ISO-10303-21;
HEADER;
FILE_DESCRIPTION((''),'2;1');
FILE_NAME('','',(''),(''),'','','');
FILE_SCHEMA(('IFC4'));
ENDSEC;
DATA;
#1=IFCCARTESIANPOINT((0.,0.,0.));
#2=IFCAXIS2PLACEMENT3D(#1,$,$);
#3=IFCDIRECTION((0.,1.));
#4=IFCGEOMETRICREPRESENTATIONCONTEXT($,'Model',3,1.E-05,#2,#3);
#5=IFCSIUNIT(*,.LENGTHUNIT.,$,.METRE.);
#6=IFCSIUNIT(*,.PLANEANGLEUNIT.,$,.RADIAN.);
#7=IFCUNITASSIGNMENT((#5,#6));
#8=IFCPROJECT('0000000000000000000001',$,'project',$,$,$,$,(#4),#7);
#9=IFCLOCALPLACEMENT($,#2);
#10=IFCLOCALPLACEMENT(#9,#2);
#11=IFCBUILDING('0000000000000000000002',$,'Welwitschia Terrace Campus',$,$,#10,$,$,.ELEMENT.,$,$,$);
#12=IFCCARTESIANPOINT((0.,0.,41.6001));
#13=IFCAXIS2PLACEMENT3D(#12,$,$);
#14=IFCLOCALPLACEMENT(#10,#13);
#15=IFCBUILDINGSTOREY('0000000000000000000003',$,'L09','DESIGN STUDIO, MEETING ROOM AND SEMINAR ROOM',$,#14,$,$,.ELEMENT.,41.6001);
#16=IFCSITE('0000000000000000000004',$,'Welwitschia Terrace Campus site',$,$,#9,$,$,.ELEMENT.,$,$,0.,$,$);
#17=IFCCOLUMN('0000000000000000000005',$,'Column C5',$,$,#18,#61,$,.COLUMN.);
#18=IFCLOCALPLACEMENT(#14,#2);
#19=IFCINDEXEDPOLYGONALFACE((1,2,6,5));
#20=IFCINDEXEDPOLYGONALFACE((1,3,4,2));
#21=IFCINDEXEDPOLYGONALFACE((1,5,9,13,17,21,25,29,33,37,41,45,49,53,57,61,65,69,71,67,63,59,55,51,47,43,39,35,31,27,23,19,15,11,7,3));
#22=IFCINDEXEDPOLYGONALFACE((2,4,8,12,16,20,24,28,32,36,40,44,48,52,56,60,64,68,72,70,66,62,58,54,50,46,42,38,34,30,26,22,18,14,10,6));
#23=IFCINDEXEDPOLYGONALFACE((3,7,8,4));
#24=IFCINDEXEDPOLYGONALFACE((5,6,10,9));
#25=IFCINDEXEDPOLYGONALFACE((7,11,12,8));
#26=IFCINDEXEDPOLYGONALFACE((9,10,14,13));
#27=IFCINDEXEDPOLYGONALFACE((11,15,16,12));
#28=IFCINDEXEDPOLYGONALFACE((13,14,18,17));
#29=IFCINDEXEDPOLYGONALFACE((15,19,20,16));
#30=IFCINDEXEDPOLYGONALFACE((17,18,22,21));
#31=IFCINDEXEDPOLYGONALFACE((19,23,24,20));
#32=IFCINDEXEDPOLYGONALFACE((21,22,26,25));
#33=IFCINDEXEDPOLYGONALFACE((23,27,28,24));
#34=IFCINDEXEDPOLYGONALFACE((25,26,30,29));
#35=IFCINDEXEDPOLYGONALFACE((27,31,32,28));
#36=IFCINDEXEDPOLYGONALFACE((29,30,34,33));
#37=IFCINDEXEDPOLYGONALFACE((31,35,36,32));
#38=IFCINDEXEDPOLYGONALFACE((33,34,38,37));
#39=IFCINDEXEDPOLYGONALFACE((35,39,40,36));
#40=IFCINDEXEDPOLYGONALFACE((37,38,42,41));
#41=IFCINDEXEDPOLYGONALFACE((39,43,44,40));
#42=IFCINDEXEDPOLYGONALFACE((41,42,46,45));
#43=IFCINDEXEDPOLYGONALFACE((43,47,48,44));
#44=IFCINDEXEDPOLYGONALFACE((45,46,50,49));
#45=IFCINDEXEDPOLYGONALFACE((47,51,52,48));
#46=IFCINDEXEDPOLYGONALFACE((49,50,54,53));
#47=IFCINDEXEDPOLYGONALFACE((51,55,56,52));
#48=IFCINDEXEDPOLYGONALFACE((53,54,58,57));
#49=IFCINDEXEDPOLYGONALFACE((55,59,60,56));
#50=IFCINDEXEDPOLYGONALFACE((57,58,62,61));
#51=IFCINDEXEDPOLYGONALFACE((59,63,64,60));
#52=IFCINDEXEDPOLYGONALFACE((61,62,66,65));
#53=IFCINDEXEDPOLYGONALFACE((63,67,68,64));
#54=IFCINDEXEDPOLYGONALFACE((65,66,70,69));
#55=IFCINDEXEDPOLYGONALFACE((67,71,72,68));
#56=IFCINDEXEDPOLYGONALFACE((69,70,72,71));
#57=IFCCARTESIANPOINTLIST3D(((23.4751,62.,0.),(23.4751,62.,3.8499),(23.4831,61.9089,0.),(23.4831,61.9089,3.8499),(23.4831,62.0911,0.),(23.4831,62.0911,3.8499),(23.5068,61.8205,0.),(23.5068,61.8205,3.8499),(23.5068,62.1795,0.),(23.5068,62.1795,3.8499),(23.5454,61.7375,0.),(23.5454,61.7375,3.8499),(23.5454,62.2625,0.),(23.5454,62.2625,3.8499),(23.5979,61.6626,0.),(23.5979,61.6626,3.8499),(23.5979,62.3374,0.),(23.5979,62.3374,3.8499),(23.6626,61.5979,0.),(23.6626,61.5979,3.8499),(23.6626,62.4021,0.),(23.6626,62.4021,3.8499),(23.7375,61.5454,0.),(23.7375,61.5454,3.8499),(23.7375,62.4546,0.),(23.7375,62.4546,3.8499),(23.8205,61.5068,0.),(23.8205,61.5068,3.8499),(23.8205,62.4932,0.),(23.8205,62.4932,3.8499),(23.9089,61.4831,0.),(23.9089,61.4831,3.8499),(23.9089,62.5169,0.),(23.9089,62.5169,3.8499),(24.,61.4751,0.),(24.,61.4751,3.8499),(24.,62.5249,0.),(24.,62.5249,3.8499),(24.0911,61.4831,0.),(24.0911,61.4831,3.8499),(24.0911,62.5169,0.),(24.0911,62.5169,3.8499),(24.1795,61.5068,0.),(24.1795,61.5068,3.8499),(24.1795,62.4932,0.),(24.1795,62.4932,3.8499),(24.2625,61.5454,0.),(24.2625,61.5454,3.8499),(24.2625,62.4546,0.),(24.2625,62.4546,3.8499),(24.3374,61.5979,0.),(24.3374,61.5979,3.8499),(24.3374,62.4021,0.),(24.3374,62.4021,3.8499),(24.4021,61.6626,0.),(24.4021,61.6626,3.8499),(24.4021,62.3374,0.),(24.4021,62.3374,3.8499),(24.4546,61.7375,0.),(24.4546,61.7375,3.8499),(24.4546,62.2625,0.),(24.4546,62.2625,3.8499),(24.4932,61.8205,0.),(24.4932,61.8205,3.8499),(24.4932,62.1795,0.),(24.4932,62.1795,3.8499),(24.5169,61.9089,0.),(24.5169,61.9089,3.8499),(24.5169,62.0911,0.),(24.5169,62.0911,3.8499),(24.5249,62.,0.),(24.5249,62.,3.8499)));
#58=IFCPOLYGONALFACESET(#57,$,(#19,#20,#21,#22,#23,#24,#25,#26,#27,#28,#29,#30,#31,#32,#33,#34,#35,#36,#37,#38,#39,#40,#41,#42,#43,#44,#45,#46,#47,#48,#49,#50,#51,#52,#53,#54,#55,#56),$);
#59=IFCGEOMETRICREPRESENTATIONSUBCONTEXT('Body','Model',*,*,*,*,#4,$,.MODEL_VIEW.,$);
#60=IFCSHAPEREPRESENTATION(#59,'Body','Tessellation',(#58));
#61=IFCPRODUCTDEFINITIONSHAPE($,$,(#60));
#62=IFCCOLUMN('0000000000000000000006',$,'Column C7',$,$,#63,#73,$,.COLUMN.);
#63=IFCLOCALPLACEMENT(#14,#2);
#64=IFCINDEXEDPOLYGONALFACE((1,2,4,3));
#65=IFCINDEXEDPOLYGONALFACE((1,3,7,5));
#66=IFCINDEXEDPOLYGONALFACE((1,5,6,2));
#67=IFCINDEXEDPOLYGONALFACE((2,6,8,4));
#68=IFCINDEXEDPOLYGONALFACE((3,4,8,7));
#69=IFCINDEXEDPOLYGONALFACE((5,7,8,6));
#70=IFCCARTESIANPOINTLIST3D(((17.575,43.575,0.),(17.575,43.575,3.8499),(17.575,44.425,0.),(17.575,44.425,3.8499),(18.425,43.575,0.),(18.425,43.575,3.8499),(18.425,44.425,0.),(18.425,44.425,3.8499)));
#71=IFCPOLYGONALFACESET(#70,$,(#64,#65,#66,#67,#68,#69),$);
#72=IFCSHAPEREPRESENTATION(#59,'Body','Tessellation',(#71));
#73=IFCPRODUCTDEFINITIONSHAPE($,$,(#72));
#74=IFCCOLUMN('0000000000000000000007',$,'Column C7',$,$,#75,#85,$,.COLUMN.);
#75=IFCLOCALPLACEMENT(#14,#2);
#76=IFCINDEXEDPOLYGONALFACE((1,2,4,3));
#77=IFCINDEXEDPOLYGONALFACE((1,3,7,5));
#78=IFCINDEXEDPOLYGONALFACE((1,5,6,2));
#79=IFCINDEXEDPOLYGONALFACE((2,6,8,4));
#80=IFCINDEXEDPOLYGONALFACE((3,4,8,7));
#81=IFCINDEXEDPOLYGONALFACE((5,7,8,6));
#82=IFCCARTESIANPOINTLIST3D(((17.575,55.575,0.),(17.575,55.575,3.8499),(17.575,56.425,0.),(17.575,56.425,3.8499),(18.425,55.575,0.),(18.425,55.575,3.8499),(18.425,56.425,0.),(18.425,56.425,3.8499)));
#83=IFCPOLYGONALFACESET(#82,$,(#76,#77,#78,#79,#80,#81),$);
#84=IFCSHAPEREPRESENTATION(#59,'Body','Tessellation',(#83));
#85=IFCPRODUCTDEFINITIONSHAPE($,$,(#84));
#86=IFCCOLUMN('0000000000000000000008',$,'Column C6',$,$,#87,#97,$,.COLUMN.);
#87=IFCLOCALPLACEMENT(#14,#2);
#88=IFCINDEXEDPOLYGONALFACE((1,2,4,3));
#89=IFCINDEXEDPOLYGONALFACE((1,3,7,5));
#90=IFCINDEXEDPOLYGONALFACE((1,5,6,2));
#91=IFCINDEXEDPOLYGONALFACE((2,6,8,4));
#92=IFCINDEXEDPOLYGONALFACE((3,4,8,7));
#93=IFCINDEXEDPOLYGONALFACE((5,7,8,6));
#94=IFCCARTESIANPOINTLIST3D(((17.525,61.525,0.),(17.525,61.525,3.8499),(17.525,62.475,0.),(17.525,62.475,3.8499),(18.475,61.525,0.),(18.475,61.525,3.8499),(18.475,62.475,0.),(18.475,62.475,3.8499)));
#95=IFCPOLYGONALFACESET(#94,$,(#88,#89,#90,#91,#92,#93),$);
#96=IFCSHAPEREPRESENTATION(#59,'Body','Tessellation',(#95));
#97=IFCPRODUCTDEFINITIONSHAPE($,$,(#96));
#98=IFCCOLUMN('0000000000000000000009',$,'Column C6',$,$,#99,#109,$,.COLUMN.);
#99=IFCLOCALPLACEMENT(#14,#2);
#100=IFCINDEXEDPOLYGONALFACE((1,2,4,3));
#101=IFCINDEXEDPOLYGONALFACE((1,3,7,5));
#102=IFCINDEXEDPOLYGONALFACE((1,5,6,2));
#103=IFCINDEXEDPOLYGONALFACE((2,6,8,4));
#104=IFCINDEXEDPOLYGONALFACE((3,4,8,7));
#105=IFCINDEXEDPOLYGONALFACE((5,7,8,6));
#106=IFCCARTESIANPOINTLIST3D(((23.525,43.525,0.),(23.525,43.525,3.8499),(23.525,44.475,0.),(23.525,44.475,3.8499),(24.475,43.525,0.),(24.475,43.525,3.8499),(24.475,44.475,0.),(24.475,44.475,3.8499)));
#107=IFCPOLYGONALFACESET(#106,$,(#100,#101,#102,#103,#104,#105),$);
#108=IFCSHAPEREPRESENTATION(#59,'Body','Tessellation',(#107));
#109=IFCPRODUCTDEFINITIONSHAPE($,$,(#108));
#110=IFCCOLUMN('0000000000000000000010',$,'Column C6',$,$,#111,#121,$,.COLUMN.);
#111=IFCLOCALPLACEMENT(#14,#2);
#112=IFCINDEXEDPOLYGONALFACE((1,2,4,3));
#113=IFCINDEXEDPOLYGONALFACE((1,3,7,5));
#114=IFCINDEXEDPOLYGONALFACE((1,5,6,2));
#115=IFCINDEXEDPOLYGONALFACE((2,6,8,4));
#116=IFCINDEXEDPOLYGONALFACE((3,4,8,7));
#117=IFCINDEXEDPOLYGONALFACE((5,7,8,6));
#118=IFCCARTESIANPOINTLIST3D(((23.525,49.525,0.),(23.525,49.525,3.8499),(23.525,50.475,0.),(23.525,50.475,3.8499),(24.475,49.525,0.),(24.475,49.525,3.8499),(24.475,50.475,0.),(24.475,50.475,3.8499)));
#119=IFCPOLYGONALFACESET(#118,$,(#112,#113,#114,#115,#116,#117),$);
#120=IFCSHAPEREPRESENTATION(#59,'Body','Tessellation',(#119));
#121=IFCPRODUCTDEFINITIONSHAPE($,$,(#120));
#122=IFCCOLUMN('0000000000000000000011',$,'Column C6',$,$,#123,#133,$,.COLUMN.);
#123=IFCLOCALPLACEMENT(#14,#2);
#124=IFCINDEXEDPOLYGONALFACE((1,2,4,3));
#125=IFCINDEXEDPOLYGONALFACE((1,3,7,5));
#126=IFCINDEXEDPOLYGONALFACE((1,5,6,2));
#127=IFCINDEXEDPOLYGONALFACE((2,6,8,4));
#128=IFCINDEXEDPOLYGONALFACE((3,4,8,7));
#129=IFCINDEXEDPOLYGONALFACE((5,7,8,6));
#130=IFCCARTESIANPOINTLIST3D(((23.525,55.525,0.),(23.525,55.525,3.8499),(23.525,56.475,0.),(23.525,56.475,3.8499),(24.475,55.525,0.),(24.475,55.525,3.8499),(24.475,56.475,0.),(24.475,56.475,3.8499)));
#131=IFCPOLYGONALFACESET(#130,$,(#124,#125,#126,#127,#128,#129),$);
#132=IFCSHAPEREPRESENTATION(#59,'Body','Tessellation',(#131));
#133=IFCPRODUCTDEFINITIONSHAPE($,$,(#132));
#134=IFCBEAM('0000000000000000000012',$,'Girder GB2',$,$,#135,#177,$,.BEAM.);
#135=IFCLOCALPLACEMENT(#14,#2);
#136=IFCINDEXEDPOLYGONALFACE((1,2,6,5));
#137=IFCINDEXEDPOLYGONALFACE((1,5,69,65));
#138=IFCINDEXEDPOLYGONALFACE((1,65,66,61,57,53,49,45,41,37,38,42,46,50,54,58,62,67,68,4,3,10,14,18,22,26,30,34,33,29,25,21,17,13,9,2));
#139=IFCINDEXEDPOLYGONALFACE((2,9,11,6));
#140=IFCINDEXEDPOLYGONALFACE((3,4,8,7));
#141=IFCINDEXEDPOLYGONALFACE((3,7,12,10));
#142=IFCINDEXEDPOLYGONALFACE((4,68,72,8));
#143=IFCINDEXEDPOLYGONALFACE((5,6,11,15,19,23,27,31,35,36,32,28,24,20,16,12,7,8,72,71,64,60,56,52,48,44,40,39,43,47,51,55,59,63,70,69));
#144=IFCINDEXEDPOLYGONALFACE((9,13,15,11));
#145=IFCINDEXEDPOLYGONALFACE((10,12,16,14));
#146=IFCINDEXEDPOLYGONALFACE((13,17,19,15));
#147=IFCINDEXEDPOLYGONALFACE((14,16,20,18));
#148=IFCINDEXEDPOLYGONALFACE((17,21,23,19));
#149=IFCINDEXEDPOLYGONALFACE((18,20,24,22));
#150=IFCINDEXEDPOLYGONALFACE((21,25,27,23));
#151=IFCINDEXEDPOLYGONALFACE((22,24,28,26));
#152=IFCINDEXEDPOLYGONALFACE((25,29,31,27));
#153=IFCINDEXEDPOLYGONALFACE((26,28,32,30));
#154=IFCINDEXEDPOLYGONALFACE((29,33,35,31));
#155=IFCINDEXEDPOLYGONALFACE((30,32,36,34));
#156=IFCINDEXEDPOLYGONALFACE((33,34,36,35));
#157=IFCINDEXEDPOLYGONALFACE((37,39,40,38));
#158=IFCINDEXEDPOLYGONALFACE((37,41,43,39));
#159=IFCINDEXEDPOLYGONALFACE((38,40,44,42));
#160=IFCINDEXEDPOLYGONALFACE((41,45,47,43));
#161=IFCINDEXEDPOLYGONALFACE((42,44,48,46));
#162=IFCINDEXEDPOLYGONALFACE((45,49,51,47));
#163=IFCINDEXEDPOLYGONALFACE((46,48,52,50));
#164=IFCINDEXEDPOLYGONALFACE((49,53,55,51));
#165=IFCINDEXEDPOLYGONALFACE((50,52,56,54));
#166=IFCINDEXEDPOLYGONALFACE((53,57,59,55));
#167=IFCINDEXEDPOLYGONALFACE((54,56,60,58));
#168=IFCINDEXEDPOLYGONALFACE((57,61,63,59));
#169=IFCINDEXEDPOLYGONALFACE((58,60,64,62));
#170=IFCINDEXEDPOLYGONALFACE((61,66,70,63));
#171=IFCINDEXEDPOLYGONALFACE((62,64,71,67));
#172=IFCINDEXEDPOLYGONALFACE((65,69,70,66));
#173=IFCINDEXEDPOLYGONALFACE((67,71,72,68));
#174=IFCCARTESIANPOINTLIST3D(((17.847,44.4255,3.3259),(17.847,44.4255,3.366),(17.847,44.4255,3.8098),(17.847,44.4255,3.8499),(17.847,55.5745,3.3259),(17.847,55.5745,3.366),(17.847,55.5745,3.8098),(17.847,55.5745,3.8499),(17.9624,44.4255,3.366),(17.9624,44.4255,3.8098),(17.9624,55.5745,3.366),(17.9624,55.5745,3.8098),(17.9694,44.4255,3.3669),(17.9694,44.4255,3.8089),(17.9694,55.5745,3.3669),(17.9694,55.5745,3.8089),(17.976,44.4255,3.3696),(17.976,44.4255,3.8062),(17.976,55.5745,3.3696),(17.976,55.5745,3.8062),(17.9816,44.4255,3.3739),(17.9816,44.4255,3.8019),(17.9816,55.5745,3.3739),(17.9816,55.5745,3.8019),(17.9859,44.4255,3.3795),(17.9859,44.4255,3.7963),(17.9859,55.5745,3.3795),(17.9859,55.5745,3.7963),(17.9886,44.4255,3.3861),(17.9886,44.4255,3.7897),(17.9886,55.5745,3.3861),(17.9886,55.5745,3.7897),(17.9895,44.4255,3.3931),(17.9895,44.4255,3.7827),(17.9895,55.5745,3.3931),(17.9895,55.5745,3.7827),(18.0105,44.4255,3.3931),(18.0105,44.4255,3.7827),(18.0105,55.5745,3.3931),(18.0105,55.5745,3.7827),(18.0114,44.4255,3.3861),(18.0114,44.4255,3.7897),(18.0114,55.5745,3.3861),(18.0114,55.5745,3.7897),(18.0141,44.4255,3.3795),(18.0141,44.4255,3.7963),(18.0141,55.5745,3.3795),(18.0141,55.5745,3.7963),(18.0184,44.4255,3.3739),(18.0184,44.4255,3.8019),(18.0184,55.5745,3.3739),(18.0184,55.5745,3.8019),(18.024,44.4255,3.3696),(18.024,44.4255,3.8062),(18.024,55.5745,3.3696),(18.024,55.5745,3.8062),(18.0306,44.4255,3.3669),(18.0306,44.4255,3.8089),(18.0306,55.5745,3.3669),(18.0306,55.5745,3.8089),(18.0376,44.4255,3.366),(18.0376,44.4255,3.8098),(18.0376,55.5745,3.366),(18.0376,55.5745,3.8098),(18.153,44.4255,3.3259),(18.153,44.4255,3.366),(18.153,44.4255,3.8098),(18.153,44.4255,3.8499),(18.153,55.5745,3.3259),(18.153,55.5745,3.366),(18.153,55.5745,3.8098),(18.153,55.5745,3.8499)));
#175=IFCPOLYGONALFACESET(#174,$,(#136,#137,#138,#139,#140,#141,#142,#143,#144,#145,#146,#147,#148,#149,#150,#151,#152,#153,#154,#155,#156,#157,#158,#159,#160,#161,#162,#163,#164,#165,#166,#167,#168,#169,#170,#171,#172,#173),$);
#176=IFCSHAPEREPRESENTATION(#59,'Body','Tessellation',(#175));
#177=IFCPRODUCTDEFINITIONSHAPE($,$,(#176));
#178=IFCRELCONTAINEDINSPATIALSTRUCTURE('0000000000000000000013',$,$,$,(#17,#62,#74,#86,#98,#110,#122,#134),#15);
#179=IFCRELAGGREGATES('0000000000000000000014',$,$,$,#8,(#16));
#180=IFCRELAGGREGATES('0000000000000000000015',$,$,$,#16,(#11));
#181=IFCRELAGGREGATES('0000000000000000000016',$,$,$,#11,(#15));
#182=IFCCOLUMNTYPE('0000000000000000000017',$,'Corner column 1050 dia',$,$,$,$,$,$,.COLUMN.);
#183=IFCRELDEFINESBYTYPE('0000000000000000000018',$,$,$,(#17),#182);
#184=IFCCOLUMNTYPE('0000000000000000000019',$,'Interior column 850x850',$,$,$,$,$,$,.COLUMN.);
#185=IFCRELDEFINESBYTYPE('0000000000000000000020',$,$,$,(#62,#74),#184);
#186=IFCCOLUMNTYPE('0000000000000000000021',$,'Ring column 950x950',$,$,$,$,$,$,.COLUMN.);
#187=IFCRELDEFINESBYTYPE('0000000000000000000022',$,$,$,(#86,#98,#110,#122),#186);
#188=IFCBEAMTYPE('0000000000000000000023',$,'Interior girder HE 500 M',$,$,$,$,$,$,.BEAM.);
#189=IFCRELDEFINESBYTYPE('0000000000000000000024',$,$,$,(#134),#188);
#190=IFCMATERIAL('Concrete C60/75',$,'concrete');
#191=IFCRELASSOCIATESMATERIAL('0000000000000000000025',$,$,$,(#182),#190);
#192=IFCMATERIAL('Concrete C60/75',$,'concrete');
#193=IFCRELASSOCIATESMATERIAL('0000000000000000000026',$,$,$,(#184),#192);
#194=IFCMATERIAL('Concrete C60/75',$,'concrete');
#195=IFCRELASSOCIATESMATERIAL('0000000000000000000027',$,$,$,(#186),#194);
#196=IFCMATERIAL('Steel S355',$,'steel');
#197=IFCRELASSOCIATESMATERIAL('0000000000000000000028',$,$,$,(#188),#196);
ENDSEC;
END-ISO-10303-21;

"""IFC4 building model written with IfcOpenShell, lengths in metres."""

from ifc_helpers import new_model, si_unit, direction, frame, origin, origin_2d, place, context, subcontext, project, spatial, rectangle, circle, i_section, extrude, material, material_profile, profile_set, type_object, element, save


model = new_model("IFC4")

# Units and contexts
model_context = context("Model", 3, precision=1e-05, world=origin(), true_north=direction((0.0, 1.0)))
body_context = subcontext(model_context, "Body", "Model", "MODEL_VIEW")
ifc_project = project(units=[si_unit("LENGTHUNIT", "METRE"), si_unit("PLANEANGLEUNIT", "RADIAN")], contexts=[model_context])

# Site, building, storey
site_placement = place(None, origin())
site = spatial("IfcSite", under=ifc_project, at=site_placement, Name="Welwitschia Terrace Campus site", CompositionType="ELEMENT", RefElevation=0.0)
building_placement = place(site_placement, origin())
building = spatial("IfcBuilding", under=site, at=building_placement, Name="Welwitschia Terrace Campus", CompositionType="ELEMENT")
storey_placement = place(building_placement, frame((0.0, 0.0, 41.6001)))
storey = spatial("IfcBuildingStorey", under=building, at=storey_placement, Name="L09", Description="DESIGN STUDIO, MEETING ROOM AND SEMINAR ROOM", CompositionType="ELEMENT", Elevation=41.6001)

# Columns
ifc_material_1 = material(Name="Concrete C60/75", Category="concrete")
ifc_material_profile_1 = material_profile(ifc_material_1, circle(Radius=0.5249, at=origin_2d()))
ifc_profile_set_1 = profile_set([ifc_material_profile_1], Name="Concrete C60/75")
column_type_1 = type_object("IfcColumnType", Name="Corner column 1050 dia", PredefinedType="COLUMN", material=ifc_profile_set_1)
column_placement = place(storey_placement, frame((24.0, 62.0, 0.0), z_axis=(0.0, 0.0, 1.0), x_axis=(1.0, 0.0, 0.0)))
element("IfcColumn", 1, at=column_placement, inside=storey, type_object=column_type_1, Name="Column C5", PredefinedType="COLUMN", context=body_context, shape_type="SweptSolid", body=[
    extrude(circle(Radius=0.5249, at=origin_2d()), origin(), (0.0, 0.0, 1.0), 3.8499),
])
ifc_material_2 = material(Name="Concrete C60/75", Category="concrete")
ifc_material_profile_2 = material_profile(ifc_material_2, rectangle(XDim=0.8501, YDim=0.8501, at=origin_2d()))
ifc_profile_set_2 = profile_set([ifc_material_profile_2], Name="Concrete C60/75")
column_type_2 = type_object("IfcColumnType", Name="Interior column 850x850", PredefinedType="COLUMN", material=ifc_profile_set_2)
for number, where, z_axis, x_axis, name in (
    (2, (18.0, 44.0, 0.0), (0.0, 0.0, 1.0), (1.0, 0.0, 0.0), "Column C7"),
    (3, (18.0, 56.0, 0.0), (0.0, 0.0, 1.0), (1.0, 0.0, 0.0), "Column C7"),
):
    element("IfcColumn", number, at=place(storey_placement, frame(where, z_axis=z_axis, x_axis=x_axis)), inside=storey, type_object=column_type_2, Name=name, PredefinedType="COLUMN", context=body_context, shape_type="SweptSolid", body=[
        extrude(rectangle(XDim=0.8501, YDim=0.8501, at=origin_2d()), origin(), (0.0, 0.0, 1.0), 3.8499),
    ])
ifc_material_3 = material(Name="Concrete C60/75", Category="concrete")
ifc_material_profile_3 = material_profile(ifc_material_3, rectangle(XDim=0.95, YDim=0.95, at=origin_2d()))
ifc_profile_set_3 = profile_set([ifc_material_profile_3], Name="Concrete C60/75")
column_type_3 = type_object("IfcColumnType", Name="Ring column 950x950", PredefinedType="COLUMN", material=ifc_profile_set_3)
for number, where, z_axis, x_axis, name in (
    (4, (18.0, 62.0, 0.0), (0.0, 0.0, 1.0), (1.0, 0.0, 0.0), "Column C6"),
    (5, (24.0, 44.0, 0.0), (0.0, 0.0, 1.0), (1.0, 0.0, 0.0), "Column C6"),
    (6, (24.0, 50.0, 0.0), (0.0, 0.0, 1.0), (1.0, 0.0, 0.0), "Column C6"),
    (7, (24.0, 56.0, 0.0), (0.0, 0.0, 1.0), (1.0, 0.0, 0.0), "Column C6"),
):
    element("IfcColumn", number, at=place(storey_placement, frame(where, z_axis=z_axis, x_axis=x_axis)), inside=storey, type_object=column_type_3, Name=name, PredefinedType="COLUMN", context=body_context, shape_type="SweptSolid", body=[
        extrude(rectangle(XDim=0.95, YDim=0.95, at=origin_2d()), origin(), (0.0, 0.0, 1.0), 3.8499),
    ])

# Beam
ifc_material_4 = material(Name="Steel S355", Category="steel")
ifc_material_profile_4 = material_profile(ifc_material_4, i_section(OverallWidth=0.3059, OverallDepth=0.5239, WebThickness=0.021, FlangeThickness=0.04, FilletRadius=0.0271, at=origin_2d()))
ifc_profile_set_4 = profile_set([ifc_material_profile_4], Name="Steel S355")
beam_type_1 = type_object("IfcBeamType", Name="Interior girder HE 500 M", PredefinedType="BEAM", material=ifc_profile_set_4)
beam_1_placement = place(storey_placement, frame((18.0, 44.4255, 3.5879), z_axis=(0.0, 1.0, 0.0), x_axis=(-1.0, 0.0, 0.0)))
element("IfcBeam", 8, at=beam_1_placement, inside=storey, type_object=beam_type_1, Name="Girder GB2", PredefinedType="BEAM", context=body_context, shape_type="SweptSolid", body=[
    extrude(i_section(OverallWidth=0.3059, OverallDepth=0.5239, WebThickness=0.021, FlangeThickness=0.04, FilletRadius=0.0271, at=origin_2d()), origin(), (0.0, 0.0, 1.0), 11.1489),
])

save(model, "model.ifc")
